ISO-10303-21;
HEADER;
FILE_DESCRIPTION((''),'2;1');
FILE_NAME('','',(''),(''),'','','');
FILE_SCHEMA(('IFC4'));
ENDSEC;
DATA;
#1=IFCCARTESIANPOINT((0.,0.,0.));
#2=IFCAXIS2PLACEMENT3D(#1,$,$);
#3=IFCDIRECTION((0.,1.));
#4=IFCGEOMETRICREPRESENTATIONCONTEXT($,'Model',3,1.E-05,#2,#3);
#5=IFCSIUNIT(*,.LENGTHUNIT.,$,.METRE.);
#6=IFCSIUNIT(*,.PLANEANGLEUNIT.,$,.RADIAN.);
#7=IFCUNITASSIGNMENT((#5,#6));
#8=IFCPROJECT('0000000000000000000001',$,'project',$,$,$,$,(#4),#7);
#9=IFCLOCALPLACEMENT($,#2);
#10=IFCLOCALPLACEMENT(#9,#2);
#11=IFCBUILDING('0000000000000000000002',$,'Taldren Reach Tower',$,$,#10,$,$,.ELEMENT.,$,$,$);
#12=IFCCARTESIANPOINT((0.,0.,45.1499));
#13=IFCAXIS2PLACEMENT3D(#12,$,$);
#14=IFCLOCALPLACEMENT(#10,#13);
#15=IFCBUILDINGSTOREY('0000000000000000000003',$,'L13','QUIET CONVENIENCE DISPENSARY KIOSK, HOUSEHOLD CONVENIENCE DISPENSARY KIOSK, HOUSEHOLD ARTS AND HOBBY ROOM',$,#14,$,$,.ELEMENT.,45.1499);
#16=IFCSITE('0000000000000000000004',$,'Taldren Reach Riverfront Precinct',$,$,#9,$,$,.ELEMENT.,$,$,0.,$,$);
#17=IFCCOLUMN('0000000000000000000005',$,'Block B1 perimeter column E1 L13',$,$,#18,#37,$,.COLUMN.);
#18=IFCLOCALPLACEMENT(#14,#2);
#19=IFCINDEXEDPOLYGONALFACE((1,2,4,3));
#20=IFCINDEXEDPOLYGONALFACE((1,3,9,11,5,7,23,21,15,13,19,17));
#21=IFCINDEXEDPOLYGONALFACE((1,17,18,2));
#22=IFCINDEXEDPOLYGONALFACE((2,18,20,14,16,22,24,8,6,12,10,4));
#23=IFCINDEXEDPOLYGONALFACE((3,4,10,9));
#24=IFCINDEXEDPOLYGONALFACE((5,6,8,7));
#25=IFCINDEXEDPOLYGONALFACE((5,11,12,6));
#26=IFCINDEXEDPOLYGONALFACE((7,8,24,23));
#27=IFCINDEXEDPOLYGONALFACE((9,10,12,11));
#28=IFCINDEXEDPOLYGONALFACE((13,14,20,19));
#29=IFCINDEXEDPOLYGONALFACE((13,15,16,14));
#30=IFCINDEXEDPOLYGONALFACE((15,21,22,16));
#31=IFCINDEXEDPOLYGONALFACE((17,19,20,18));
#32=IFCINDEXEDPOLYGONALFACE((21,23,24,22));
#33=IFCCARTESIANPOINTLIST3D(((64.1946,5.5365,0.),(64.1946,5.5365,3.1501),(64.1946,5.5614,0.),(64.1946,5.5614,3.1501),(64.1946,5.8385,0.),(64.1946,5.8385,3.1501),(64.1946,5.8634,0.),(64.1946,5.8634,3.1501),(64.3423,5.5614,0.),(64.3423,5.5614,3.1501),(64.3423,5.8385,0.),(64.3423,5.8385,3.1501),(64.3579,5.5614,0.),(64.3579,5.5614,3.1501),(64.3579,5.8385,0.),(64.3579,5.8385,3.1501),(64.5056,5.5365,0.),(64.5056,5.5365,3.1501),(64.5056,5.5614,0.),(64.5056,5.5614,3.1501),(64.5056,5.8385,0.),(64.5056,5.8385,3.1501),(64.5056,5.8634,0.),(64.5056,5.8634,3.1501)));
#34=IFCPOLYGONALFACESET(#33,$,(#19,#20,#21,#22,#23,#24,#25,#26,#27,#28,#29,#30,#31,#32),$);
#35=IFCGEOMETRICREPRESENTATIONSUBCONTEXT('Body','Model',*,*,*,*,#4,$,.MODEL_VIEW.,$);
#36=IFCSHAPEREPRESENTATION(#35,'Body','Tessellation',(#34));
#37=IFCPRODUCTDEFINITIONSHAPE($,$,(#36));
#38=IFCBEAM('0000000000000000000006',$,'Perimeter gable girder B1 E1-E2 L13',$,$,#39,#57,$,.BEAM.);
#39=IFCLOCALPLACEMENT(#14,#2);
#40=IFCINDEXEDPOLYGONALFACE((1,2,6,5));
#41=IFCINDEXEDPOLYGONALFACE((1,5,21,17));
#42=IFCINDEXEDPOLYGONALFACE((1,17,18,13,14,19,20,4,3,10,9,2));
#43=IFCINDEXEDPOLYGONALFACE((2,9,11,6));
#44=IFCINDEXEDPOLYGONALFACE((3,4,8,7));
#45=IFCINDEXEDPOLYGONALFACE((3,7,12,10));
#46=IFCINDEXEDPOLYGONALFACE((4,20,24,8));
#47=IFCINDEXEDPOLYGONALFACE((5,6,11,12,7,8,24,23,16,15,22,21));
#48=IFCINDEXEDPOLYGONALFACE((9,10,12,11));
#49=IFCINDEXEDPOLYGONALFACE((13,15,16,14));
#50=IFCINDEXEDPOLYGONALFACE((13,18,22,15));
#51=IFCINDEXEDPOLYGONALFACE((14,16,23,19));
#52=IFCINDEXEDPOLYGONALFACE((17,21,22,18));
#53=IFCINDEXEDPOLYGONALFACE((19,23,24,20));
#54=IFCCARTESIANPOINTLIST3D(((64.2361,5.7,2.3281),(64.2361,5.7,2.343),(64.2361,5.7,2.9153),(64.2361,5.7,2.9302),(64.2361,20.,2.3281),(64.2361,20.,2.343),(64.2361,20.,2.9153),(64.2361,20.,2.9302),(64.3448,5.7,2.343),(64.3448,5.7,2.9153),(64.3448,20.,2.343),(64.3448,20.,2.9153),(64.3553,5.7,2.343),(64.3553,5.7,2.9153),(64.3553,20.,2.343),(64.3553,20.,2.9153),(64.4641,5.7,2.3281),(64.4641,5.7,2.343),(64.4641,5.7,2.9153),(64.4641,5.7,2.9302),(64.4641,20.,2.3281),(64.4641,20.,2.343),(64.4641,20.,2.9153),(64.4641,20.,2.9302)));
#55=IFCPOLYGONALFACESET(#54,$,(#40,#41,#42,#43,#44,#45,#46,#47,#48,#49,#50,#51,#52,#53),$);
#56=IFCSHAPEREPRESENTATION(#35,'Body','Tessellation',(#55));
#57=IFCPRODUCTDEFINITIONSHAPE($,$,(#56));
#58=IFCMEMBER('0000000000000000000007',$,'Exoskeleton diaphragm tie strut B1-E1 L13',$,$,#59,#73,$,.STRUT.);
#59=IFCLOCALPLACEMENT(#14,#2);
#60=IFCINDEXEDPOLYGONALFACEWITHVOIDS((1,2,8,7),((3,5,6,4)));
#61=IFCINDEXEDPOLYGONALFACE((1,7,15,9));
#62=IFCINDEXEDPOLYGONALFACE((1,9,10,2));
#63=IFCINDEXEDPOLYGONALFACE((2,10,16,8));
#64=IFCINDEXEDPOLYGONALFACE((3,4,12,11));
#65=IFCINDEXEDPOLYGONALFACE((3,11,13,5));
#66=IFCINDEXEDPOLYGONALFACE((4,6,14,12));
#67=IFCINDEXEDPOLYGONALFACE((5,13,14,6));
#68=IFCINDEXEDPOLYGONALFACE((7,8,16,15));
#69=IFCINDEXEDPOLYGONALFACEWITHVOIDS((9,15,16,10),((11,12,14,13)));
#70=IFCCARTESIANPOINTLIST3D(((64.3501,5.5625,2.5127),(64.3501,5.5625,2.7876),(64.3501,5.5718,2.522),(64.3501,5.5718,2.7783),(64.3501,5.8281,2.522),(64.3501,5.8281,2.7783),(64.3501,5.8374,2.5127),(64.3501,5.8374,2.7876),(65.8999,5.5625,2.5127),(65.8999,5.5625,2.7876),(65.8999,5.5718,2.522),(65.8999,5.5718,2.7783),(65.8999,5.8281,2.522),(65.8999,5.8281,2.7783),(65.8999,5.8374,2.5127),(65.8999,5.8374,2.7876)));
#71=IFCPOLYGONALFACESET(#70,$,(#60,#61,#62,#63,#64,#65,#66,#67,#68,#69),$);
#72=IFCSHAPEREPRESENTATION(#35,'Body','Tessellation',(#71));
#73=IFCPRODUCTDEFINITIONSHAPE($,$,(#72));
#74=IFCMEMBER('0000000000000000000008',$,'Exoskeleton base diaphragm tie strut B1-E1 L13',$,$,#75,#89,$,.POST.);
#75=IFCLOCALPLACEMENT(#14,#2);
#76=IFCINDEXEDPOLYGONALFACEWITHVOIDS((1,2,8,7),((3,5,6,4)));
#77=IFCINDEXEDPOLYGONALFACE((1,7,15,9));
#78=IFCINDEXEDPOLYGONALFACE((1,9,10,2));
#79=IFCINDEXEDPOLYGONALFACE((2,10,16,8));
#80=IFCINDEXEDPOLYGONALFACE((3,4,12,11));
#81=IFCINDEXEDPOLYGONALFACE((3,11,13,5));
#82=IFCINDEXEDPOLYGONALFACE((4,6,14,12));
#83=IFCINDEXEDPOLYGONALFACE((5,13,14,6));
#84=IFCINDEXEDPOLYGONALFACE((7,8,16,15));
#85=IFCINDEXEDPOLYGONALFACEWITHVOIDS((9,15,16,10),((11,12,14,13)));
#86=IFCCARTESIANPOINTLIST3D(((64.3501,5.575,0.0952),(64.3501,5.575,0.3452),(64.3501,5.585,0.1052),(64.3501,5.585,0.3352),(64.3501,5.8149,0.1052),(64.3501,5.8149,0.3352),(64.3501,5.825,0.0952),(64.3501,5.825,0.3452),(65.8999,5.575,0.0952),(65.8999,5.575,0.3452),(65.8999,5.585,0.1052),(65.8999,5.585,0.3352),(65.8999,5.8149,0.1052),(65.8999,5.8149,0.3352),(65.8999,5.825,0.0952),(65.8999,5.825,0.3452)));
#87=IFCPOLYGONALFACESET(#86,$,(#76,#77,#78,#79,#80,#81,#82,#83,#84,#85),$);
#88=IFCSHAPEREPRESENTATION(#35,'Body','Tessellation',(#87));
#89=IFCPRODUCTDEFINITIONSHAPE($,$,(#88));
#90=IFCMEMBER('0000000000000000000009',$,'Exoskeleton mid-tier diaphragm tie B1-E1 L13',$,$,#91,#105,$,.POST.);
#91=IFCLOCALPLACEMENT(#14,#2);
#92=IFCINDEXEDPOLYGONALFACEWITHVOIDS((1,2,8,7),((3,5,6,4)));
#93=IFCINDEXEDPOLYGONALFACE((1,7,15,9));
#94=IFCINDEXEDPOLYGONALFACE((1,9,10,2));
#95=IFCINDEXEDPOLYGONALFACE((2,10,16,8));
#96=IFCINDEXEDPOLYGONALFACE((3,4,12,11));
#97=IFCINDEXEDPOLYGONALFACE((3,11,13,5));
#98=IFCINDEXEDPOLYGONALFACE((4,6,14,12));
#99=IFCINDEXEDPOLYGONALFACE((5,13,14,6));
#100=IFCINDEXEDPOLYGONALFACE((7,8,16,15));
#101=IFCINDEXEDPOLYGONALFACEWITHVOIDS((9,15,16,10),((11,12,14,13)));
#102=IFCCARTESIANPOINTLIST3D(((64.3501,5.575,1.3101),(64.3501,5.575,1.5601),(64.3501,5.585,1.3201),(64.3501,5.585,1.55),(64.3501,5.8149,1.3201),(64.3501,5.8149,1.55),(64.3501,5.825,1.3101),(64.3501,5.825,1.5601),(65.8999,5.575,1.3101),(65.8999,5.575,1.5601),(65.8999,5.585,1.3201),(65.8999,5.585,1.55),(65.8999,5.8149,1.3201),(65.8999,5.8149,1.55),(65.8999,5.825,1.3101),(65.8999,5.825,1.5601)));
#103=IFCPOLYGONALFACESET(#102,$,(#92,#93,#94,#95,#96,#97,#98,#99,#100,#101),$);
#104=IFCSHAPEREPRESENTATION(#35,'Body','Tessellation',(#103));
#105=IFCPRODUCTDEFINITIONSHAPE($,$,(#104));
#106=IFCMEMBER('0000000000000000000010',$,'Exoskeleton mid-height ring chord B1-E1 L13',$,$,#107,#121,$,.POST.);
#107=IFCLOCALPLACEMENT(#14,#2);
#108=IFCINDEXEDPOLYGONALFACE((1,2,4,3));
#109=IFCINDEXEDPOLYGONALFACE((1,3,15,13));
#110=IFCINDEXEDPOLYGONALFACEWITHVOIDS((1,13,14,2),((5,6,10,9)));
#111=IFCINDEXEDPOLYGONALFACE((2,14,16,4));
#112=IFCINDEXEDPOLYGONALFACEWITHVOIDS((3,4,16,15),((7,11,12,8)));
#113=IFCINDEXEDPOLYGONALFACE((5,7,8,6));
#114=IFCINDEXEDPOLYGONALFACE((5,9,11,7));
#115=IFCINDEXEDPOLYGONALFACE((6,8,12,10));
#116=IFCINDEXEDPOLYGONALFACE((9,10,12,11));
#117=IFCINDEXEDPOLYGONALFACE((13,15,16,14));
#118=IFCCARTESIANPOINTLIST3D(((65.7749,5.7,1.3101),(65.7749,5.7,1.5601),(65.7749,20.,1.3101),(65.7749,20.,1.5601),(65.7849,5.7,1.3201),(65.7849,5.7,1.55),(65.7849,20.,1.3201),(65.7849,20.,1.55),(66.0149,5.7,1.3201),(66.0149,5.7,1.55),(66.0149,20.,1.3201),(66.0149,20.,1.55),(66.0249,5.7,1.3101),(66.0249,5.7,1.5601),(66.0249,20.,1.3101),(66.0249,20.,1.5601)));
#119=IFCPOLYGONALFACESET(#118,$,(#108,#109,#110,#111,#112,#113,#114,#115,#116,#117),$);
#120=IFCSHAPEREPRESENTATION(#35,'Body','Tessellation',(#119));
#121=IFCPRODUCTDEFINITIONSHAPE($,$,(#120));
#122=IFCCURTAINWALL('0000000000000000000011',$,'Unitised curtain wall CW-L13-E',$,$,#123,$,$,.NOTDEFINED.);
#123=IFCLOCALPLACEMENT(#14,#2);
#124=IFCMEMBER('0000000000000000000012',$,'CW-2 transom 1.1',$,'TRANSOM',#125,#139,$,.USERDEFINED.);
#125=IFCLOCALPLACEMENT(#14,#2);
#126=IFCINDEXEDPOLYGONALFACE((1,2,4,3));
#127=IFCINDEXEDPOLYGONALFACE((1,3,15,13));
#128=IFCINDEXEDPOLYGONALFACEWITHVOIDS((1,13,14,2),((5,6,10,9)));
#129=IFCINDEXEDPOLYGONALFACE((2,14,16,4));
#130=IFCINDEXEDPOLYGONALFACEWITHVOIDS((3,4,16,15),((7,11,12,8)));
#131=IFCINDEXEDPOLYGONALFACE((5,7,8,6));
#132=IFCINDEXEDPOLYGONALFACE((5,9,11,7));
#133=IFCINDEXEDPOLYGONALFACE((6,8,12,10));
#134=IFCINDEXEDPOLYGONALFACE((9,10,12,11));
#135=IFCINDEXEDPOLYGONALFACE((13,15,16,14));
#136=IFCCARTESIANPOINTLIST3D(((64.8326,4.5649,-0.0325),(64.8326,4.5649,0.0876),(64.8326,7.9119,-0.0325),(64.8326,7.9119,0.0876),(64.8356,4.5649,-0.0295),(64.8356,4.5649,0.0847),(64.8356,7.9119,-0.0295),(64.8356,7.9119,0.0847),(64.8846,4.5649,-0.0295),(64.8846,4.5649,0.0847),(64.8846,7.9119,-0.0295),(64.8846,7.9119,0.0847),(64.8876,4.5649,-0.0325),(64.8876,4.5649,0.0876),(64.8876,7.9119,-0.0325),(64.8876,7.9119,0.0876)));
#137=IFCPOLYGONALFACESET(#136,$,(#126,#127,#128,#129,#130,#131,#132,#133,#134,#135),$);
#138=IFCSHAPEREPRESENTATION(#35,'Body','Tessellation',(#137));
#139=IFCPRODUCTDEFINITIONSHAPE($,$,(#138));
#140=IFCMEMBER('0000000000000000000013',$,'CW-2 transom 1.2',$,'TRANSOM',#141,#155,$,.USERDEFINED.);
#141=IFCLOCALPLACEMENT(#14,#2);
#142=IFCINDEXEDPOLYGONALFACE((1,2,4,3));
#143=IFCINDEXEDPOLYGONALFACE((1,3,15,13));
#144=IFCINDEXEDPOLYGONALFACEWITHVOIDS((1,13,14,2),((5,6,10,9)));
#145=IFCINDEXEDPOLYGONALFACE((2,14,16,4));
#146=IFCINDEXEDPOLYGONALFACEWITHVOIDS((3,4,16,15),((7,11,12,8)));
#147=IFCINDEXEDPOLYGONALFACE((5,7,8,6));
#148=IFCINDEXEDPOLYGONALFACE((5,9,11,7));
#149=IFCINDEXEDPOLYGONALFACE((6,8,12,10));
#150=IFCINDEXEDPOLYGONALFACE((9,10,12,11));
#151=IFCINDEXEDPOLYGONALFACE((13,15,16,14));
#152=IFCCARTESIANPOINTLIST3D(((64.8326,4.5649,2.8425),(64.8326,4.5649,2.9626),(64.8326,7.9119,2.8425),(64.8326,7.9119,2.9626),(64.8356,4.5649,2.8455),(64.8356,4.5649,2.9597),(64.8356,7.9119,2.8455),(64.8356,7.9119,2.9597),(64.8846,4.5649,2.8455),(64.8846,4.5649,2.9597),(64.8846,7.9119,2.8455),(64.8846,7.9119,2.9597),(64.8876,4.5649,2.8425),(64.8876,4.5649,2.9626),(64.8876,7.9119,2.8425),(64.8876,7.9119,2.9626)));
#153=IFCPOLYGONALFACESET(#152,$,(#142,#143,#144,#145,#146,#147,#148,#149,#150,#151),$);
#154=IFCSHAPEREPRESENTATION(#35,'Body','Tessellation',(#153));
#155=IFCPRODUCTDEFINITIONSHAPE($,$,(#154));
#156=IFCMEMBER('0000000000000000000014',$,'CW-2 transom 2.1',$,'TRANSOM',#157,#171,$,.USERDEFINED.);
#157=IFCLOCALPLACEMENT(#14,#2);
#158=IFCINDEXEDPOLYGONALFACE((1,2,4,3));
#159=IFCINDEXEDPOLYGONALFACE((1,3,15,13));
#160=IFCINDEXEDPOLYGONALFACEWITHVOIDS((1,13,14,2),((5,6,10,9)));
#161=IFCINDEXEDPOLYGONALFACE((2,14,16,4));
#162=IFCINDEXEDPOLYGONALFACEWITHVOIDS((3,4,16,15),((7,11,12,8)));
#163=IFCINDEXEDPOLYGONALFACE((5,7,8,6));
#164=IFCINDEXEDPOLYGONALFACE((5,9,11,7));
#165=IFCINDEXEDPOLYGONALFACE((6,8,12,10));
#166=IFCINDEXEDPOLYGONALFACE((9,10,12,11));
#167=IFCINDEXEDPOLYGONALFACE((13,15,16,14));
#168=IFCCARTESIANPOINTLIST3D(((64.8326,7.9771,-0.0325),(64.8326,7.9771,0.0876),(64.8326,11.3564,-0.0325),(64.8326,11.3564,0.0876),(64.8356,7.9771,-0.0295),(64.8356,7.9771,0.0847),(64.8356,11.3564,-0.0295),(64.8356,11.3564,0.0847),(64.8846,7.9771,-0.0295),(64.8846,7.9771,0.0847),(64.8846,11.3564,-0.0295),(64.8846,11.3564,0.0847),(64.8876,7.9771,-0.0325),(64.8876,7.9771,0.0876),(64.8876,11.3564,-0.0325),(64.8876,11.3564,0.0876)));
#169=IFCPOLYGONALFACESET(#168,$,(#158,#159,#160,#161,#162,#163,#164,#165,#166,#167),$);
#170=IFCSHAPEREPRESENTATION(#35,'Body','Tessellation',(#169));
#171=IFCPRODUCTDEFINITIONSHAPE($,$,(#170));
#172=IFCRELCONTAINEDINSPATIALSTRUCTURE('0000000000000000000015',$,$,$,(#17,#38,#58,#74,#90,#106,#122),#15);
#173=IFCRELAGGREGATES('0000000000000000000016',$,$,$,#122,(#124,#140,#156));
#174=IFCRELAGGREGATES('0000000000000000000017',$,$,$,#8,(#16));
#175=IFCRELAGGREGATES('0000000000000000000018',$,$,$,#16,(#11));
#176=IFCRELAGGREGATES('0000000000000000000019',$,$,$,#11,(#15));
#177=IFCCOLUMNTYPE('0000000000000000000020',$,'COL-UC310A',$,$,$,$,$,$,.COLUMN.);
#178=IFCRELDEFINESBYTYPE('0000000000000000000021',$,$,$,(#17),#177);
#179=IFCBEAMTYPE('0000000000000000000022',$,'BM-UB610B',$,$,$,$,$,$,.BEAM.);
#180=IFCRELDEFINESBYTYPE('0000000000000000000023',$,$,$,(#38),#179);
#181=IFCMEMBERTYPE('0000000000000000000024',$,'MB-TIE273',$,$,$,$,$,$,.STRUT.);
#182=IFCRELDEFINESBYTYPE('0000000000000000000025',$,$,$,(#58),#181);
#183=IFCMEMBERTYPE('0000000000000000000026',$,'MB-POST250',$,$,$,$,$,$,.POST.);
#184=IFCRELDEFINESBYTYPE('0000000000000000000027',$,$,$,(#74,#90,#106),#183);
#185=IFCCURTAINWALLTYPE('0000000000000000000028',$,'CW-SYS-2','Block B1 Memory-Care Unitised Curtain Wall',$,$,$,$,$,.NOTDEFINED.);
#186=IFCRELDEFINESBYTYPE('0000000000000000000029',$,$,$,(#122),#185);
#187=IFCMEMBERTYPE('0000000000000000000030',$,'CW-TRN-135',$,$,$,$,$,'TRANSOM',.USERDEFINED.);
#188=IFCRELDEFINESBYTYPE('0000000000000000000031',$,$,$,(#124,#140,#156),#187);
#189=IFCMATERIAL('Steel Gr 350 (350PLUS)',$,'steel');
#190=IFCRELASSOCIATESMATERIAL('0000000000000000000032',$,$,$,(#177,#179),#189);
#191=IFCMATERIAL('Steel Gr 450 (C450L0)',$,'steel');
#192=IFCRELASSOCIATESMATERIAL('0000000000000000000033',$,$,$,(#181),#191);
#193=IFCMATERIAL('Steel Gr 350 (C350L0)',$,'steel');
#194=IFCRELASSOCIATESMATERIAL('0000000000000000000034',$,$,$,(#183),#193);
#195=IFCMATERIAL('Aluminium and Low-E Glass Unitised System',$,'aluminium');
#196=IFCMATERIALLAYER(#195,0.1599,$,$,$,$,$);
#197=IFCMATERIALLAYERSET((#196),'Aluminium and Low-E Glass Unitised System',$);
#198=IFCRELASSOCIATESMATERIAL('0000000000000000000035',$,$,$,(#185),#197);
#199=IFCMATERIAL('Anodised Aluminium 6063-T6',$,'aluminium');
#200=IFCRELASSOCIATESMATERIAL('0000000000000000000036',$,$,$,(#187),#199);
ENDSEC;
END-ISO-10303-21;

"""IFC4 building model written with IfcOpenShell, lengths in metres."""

from ifc_helpers import new_model, si_unit, direction, frame, origin, origin_2d, place, context, subcontext, project, spatial, hollow_rectangle, i_section, extrude, source, transform, mapped, material, layer, layer_set, material_profile, profile_set, type_object, element, aggregate, save


model = new_model("IFC4")

# Units and contexts
model_context = context("Model", 3, precision=1e-05, world=origin(), true_north=direction((0.0, 1.0)))
body_context = subcontext(model_context, "Body", "Model", "MODEL_VIEW")
ifc_project = project(units=[si_unit("LENGTHUNIT", "METRE"), si_unit("PLANEANGLEUNIT", "RADIAN")], contexts=[model_context])

# Site, building, storey
site_placement = place(None, origin())
site = spatial("IfcSite", under=ifc_project, at=site_placement, Name="Taldren Reach Riverfront Precinct", CompositionType="ELEMENT", RefElevation=0.0)
building_placement = place(site_placement, origin())
building = spatial("IfcBuilding", under=site, at=building_placement, Name="Taldren Reach Tower", CompositionType="ELEMENT")
storey_placement = place(building_placement, frame((0.0, 0.0, 45.1499)))
storey = spatial("IfcBuildingStorey", under=building, at=storey_placement, Name="L13", Description="QUIET CONVENIENCE DISPENSARY KIOSK, HOUSEHOLD CONVENIENCE DISPENSARY KIOSK, HOUSEHOLD ARTS AND HOBBY ROOM", CompositionType="ELEMENT", Elevation=45.1499)

# Column
ifc_material_1 = material(Name="Steel Gr 350 (350PLUS)", Category="steel")
ifc_material_profile_1 = material_profile(ifc_material_1, i_section(OverallWidth=0.311, OverallDepth=0.3269, WebThickness=0.0156, FlangeThickness=0.0249, at=origin_2d()), Name="310UC158")
ifc_profile_set_1 = profile_set([ifc_material_profile_1], Name="Steel Gr 350 (350PLUS)")
column_type = type_object("IfcColumnType", Name="COL-UC310A", PredefinedType="COLUMN", material=ifc_profile_set_1)
shared_shape_1 = source(origin(), body_context, "Body", "SweptSolid", [
    extrude(i_section(OverallWidth=0.311, OverallDepth=0.3269, WebThickness=0.0156, FlangeThickness=0.0249, at=origin_2d()), origin(), (0.0, 0.0, 1.0), 3.1501),
])
column_placement = place(storey_placement, frame((64.3501, 5.7, 0.0), z_axis=(0.0, 0.0, 1.0), x_axis=(1.0, 0.0, 0.0)))
element("IfcColumn", 1, at=column_placement, inside=storey, type_object=column_type, Name="Block B1 perimeter column E1 L13", PredefinedType="COLUMN", context=body_context, shape_type="MappedRepresentation", body=[
    mapped(shared_shape_1, transform((0.0, 0.0, 0.0), scale=1.0)),
])

# Beam
ifc_material_profile_2 = material_profile(ifc_material_1, i_section(OverallWidth=0.228, OverallDepth=0.6021, WebThickness=0.0105, FlangeThickness=0.0149, at=origin_2d()), Name="610UB101")
ifc_profile_set_2 = profile_set([ifc_material_profile_2], Name="Steel Gr 350 (350PLUS)")
beam_type = type_object("IfcBeamType", Name="BM-UB610B", PredefinedType="BEAM", material=ifc_profile_set_2)
shared_shape_2 = source(origin(), body_context, "Body", "SweptSolid", [
    extrude(i_section(OverallWidth=0.228, OverallDepth=0.6021, WebThickness=0.0105, FlangeThickness=0.0149, at=origin_2d()), origin(), (0.0, 0.0, 1.0), 14.3),
])
beam_placement = place(storey_placement, frame((64.3501, 5.7, 2.6292), z_axis=(0.0, 1.0, 0.0), x_axis=(-1.0, 0.0, 0.0)))
element("IfcBeam", 2, at=beam_placement, inside=storey, type_object=beam_type, Name="Perimeter gable girder B1 E1-E2 L13", PredefinedType="BEAM", context=body_context, shape_type="MappedRepresentation", body=[
    mapped(shared_shape_2, transform((0.0, 0.0, 0.0), scale=1.0)),
])

# Members
ifc_material_2 = material(Name="Steel Gr 450 (C450L0)", Category="steel")
ifc_material_profile_3 = material_profile(ifc_material_2, hollow_rectangle(XDim=0.2749, YDim=0.2749, WallThickness=0.0093, at=origin_2d()), Name="275x275x9.3SHS")
ifc_profile_set_3 = profile_set([ifc_material_profile_3], Name="Steel Gr 450 (C450L0)")
member_type_1 = type_object("IfcMemberType", Name="MB-TIE273", PredefinedType="STRUT", material=ifc_profile_set_3)
shared_shape_3 = source(origin(), body_context, "Body", "SweptSolid", [
    extrude(hollow_rectangle(XDim=0.2749, YDim=0.2749, WallThickness=0.0093, at=origin_2d()), origin(), (0.0, 0.0, 1.0), 1.5498),
])
member_1_placement = place(storey_placement, frame((64.3501, 5.7, 2.6501), z_axis=(1.0, 0.0, 0.0), x_axis=(0.0, 1.0, 0.0)))
element("IfcMember", 3, at=member_1_placement, inside=storey, type_object=member_type_1, Name="Exoskeleton diaphragm tie strut B1-E1 L13", PredefinedType="STRUT", context=body_context, shape_type="MappedRepresentation", body=[
    mapped(shared_shape_3, transform((0.0, 0.0, 0.0), scale=1.0)),
])
ifc_material_3 = material(Name="Steel Gr 350 (C350L0)", Category="steel")
ifc_material_profile_4 = material_profile(ifc_material_3, hollow_rectangle(XDim=0.25, YDim=0.25, WallThickness=0.01, at=origin_2d()), Name="250x250x10.0SHS")
ifc_profile_set_4 = profile_set([ifc_material_profile_4], Name="Steel Gr 350 (C350L0)")
member_type_2 = type_object("IfcMemberType", Name="MB-POST250", PredefinedType="POST", material=ifc_profile_set_4)
shared_shape_4 = source(origin(), body_context, "Body", "SweptSolid", [
    extrude(hollow_rectangle(XDim=0.25, YDim=0.25, WallThickness=0.01, at=origin_2d()), origin(), (0.0, 0.0, 1.0), 1.5498),
])
for number, where, z_axis, x_axis, name in (
    (4, (64.3501, 5.7, 0.2202), (1.0, 0.0, 0.0), (0.0, 1.0, 0.0), "Exoskeleton base diaphragm tie strut B1-E1 L13"),
    (5, (64.3501, 5.7, 1.4351), (1.0, 0.0, 0.0), (0.0, 1.0, 0.0), "Exoskeleton mid-tier diaphragm tie B1-E1 L13"),
):
    element("IfcMember", number, at=place(storey_placement, frame(where, z_axis=z_axis, x_axis=x_axis)), inside=storey, type_object=member_type_2, Name=name, PredefinedType="POST", context=body_context, shape_type="MappedRepresentation", body=[
        mapped(shared_shape_4, transform((0.0, 0.0, 0.0), scale=1.0)),
    ])
shared_shape_5 = source(origin(), body_context, "Body", "SweptSolid", [
    extrude(hollow_rectangle(XDim=0.25, YDim=0.25, WallThickness=0.01, at=origin_2d()), origin(), (0.0, 0.0, 1.0), 14.3),
])
member_2_placement = place(storey_placement, frame((65.8999, 5.7, 1.4351), z_axis=(0.0, 1.0, 0.0), x_axis=(-1.0, 0.0, 0.0)))
element("IfcMember", 6, at=member_2_placement, inside=storey, type_object=member_type_2, Name="Exoskeleton mid-height ring chord B1-E1 L13", PredefinedType="POST", context=body_context, shape_type="MappedRepresentation", body=[
    mapped(shared_shape_5, transform((0.0, 0.0, 0.0), scale=1.0)),
])

# Curtain wall, members
ifc_material_4 = material(Name="Aluminium and Low-E Glass Unitised System", Category="aluminium")
ifc_layer_1 = layer(ifc_material_4, 0.1599)
ifc_layer_set_1 = layer_set([ifc_layer_1], Name="Aluminium and Low-E Glass Unitised System")
curtain_wall_type = type_object("IfcCurtainWallType", Name="CW-SYS-2", Description="Block B1 Memory-Care Unitised Curtain Wall", PredefinedType="NOTDEFINED", material=ifc_layer_set_1)
curtain_wall_1_placement = place(storey_placement, origin())
curtain_wall_1 = element("IfcCurtainWall", 7, at=curtain_wall_1_placement, inside=storey, type_object=curtain_wall_type, Name="Unitised curtain wall CW-L13-E", PredefinedType="NOTDEFINED")
ifc_material_5 = material(Name="Anodised Aluminium 6063-T6", Category="aluminium")
ifc_material_profile_5 = material_profile(ifc_material_5, hollow_rectangle(XDim=0.0549, YDim=0.1201, WallThickness=0.0029, at=origin_2d()), Name="ALU-120x55x3RHS")
ifc_profile_set_5 = profile_set([ifc_material_profile_5], Name="Anodised Aluminium 6063-T6")
member_type_3 = type_object("IfcMemberType", Name="CW-TRN-135", ElementType="TRANSOM", PredefinedType="USERDEFINED", material=ifc_profile_set_5)
shared_shape_6 = source(origin(), body_context, "Body", "SweptSolid", [
    extrude(hollow_rectangle(XDim=0.0549, YDim=0.1201, WallThickness=0.0029, at=origin_2d()), origin(), (0.0, 0.0, 1.0), 3.3469),
])
member_3_placement = place(storey_placement, frame((64.8601, 4.5649, 0.0276), z_axis=(0.0, 1.0, 0.0), x_axis=(-1.0, 0.0, 0.0)))
member_3 = element("IfcMember", 8, at=member_3_placement, type_object=member_type_3, Name="CW-2 transom 1.1", ObjectType="TRANSOM", PredefinedType="USERDEFINED", context=body_context, shape_type="MappedRepresentation", body=[
    mapped(shared_shape_6, transform((0.0, 0.0, 0.0), scale=1.0)),
])
member_4_placement = place(storey_placement, frame((64.8601, 4.5649, 2.9026), z_axis=(0.0, 1.0, 0.0), x_axis=(-1.0, 0.0, 0.0)))
member_4 = element("IfcMember", 9, at=member_4_placement, type_object=member_type_3, Name="CW-2 transom 1.2", ObjectType="TRANSOM", PredefinedType="USERDEFINED", context=body_context, shape_type="MappedRepresentation", body=[
    mapped(shared_shape_6, transform((0.0, 0.0, 0.0), scale=1.0)),
])
shared_shape_7 = source(origin(), body_context, "Body", "SweptSolid", [
    extrude(hollow_rectangle(XDim=0.0549, YDim=0.1201, WallThickness=0.0029, at=origin_2d()), origin(), (0.0, 0.0, 1.0), 3.3794),
])
member_5_placement = place(storey_placement, frame((64.8601, 7.9771, 0.0276), z_axis=(0.0, 1.0, 0.0), x_axis=(-1.0, 0.0, 0.0)))
member_5 = element("IfcMember", 10, at=member_5_placement, type_object=member_type_3, Name="CW-2 transom 2.1", ObjectType="TRANSOM", PredefinedType="USERDEFINED", context=body_context, shape_type="MappedRepresentation", body=[
    mapped(shared_shape_7, transform((0.0, 0.0, 0.0), scale=1.0)),
])

aggregate(curtain_wall_1, [member_3, member_4, member_5])

save(model, "model.ifc")
